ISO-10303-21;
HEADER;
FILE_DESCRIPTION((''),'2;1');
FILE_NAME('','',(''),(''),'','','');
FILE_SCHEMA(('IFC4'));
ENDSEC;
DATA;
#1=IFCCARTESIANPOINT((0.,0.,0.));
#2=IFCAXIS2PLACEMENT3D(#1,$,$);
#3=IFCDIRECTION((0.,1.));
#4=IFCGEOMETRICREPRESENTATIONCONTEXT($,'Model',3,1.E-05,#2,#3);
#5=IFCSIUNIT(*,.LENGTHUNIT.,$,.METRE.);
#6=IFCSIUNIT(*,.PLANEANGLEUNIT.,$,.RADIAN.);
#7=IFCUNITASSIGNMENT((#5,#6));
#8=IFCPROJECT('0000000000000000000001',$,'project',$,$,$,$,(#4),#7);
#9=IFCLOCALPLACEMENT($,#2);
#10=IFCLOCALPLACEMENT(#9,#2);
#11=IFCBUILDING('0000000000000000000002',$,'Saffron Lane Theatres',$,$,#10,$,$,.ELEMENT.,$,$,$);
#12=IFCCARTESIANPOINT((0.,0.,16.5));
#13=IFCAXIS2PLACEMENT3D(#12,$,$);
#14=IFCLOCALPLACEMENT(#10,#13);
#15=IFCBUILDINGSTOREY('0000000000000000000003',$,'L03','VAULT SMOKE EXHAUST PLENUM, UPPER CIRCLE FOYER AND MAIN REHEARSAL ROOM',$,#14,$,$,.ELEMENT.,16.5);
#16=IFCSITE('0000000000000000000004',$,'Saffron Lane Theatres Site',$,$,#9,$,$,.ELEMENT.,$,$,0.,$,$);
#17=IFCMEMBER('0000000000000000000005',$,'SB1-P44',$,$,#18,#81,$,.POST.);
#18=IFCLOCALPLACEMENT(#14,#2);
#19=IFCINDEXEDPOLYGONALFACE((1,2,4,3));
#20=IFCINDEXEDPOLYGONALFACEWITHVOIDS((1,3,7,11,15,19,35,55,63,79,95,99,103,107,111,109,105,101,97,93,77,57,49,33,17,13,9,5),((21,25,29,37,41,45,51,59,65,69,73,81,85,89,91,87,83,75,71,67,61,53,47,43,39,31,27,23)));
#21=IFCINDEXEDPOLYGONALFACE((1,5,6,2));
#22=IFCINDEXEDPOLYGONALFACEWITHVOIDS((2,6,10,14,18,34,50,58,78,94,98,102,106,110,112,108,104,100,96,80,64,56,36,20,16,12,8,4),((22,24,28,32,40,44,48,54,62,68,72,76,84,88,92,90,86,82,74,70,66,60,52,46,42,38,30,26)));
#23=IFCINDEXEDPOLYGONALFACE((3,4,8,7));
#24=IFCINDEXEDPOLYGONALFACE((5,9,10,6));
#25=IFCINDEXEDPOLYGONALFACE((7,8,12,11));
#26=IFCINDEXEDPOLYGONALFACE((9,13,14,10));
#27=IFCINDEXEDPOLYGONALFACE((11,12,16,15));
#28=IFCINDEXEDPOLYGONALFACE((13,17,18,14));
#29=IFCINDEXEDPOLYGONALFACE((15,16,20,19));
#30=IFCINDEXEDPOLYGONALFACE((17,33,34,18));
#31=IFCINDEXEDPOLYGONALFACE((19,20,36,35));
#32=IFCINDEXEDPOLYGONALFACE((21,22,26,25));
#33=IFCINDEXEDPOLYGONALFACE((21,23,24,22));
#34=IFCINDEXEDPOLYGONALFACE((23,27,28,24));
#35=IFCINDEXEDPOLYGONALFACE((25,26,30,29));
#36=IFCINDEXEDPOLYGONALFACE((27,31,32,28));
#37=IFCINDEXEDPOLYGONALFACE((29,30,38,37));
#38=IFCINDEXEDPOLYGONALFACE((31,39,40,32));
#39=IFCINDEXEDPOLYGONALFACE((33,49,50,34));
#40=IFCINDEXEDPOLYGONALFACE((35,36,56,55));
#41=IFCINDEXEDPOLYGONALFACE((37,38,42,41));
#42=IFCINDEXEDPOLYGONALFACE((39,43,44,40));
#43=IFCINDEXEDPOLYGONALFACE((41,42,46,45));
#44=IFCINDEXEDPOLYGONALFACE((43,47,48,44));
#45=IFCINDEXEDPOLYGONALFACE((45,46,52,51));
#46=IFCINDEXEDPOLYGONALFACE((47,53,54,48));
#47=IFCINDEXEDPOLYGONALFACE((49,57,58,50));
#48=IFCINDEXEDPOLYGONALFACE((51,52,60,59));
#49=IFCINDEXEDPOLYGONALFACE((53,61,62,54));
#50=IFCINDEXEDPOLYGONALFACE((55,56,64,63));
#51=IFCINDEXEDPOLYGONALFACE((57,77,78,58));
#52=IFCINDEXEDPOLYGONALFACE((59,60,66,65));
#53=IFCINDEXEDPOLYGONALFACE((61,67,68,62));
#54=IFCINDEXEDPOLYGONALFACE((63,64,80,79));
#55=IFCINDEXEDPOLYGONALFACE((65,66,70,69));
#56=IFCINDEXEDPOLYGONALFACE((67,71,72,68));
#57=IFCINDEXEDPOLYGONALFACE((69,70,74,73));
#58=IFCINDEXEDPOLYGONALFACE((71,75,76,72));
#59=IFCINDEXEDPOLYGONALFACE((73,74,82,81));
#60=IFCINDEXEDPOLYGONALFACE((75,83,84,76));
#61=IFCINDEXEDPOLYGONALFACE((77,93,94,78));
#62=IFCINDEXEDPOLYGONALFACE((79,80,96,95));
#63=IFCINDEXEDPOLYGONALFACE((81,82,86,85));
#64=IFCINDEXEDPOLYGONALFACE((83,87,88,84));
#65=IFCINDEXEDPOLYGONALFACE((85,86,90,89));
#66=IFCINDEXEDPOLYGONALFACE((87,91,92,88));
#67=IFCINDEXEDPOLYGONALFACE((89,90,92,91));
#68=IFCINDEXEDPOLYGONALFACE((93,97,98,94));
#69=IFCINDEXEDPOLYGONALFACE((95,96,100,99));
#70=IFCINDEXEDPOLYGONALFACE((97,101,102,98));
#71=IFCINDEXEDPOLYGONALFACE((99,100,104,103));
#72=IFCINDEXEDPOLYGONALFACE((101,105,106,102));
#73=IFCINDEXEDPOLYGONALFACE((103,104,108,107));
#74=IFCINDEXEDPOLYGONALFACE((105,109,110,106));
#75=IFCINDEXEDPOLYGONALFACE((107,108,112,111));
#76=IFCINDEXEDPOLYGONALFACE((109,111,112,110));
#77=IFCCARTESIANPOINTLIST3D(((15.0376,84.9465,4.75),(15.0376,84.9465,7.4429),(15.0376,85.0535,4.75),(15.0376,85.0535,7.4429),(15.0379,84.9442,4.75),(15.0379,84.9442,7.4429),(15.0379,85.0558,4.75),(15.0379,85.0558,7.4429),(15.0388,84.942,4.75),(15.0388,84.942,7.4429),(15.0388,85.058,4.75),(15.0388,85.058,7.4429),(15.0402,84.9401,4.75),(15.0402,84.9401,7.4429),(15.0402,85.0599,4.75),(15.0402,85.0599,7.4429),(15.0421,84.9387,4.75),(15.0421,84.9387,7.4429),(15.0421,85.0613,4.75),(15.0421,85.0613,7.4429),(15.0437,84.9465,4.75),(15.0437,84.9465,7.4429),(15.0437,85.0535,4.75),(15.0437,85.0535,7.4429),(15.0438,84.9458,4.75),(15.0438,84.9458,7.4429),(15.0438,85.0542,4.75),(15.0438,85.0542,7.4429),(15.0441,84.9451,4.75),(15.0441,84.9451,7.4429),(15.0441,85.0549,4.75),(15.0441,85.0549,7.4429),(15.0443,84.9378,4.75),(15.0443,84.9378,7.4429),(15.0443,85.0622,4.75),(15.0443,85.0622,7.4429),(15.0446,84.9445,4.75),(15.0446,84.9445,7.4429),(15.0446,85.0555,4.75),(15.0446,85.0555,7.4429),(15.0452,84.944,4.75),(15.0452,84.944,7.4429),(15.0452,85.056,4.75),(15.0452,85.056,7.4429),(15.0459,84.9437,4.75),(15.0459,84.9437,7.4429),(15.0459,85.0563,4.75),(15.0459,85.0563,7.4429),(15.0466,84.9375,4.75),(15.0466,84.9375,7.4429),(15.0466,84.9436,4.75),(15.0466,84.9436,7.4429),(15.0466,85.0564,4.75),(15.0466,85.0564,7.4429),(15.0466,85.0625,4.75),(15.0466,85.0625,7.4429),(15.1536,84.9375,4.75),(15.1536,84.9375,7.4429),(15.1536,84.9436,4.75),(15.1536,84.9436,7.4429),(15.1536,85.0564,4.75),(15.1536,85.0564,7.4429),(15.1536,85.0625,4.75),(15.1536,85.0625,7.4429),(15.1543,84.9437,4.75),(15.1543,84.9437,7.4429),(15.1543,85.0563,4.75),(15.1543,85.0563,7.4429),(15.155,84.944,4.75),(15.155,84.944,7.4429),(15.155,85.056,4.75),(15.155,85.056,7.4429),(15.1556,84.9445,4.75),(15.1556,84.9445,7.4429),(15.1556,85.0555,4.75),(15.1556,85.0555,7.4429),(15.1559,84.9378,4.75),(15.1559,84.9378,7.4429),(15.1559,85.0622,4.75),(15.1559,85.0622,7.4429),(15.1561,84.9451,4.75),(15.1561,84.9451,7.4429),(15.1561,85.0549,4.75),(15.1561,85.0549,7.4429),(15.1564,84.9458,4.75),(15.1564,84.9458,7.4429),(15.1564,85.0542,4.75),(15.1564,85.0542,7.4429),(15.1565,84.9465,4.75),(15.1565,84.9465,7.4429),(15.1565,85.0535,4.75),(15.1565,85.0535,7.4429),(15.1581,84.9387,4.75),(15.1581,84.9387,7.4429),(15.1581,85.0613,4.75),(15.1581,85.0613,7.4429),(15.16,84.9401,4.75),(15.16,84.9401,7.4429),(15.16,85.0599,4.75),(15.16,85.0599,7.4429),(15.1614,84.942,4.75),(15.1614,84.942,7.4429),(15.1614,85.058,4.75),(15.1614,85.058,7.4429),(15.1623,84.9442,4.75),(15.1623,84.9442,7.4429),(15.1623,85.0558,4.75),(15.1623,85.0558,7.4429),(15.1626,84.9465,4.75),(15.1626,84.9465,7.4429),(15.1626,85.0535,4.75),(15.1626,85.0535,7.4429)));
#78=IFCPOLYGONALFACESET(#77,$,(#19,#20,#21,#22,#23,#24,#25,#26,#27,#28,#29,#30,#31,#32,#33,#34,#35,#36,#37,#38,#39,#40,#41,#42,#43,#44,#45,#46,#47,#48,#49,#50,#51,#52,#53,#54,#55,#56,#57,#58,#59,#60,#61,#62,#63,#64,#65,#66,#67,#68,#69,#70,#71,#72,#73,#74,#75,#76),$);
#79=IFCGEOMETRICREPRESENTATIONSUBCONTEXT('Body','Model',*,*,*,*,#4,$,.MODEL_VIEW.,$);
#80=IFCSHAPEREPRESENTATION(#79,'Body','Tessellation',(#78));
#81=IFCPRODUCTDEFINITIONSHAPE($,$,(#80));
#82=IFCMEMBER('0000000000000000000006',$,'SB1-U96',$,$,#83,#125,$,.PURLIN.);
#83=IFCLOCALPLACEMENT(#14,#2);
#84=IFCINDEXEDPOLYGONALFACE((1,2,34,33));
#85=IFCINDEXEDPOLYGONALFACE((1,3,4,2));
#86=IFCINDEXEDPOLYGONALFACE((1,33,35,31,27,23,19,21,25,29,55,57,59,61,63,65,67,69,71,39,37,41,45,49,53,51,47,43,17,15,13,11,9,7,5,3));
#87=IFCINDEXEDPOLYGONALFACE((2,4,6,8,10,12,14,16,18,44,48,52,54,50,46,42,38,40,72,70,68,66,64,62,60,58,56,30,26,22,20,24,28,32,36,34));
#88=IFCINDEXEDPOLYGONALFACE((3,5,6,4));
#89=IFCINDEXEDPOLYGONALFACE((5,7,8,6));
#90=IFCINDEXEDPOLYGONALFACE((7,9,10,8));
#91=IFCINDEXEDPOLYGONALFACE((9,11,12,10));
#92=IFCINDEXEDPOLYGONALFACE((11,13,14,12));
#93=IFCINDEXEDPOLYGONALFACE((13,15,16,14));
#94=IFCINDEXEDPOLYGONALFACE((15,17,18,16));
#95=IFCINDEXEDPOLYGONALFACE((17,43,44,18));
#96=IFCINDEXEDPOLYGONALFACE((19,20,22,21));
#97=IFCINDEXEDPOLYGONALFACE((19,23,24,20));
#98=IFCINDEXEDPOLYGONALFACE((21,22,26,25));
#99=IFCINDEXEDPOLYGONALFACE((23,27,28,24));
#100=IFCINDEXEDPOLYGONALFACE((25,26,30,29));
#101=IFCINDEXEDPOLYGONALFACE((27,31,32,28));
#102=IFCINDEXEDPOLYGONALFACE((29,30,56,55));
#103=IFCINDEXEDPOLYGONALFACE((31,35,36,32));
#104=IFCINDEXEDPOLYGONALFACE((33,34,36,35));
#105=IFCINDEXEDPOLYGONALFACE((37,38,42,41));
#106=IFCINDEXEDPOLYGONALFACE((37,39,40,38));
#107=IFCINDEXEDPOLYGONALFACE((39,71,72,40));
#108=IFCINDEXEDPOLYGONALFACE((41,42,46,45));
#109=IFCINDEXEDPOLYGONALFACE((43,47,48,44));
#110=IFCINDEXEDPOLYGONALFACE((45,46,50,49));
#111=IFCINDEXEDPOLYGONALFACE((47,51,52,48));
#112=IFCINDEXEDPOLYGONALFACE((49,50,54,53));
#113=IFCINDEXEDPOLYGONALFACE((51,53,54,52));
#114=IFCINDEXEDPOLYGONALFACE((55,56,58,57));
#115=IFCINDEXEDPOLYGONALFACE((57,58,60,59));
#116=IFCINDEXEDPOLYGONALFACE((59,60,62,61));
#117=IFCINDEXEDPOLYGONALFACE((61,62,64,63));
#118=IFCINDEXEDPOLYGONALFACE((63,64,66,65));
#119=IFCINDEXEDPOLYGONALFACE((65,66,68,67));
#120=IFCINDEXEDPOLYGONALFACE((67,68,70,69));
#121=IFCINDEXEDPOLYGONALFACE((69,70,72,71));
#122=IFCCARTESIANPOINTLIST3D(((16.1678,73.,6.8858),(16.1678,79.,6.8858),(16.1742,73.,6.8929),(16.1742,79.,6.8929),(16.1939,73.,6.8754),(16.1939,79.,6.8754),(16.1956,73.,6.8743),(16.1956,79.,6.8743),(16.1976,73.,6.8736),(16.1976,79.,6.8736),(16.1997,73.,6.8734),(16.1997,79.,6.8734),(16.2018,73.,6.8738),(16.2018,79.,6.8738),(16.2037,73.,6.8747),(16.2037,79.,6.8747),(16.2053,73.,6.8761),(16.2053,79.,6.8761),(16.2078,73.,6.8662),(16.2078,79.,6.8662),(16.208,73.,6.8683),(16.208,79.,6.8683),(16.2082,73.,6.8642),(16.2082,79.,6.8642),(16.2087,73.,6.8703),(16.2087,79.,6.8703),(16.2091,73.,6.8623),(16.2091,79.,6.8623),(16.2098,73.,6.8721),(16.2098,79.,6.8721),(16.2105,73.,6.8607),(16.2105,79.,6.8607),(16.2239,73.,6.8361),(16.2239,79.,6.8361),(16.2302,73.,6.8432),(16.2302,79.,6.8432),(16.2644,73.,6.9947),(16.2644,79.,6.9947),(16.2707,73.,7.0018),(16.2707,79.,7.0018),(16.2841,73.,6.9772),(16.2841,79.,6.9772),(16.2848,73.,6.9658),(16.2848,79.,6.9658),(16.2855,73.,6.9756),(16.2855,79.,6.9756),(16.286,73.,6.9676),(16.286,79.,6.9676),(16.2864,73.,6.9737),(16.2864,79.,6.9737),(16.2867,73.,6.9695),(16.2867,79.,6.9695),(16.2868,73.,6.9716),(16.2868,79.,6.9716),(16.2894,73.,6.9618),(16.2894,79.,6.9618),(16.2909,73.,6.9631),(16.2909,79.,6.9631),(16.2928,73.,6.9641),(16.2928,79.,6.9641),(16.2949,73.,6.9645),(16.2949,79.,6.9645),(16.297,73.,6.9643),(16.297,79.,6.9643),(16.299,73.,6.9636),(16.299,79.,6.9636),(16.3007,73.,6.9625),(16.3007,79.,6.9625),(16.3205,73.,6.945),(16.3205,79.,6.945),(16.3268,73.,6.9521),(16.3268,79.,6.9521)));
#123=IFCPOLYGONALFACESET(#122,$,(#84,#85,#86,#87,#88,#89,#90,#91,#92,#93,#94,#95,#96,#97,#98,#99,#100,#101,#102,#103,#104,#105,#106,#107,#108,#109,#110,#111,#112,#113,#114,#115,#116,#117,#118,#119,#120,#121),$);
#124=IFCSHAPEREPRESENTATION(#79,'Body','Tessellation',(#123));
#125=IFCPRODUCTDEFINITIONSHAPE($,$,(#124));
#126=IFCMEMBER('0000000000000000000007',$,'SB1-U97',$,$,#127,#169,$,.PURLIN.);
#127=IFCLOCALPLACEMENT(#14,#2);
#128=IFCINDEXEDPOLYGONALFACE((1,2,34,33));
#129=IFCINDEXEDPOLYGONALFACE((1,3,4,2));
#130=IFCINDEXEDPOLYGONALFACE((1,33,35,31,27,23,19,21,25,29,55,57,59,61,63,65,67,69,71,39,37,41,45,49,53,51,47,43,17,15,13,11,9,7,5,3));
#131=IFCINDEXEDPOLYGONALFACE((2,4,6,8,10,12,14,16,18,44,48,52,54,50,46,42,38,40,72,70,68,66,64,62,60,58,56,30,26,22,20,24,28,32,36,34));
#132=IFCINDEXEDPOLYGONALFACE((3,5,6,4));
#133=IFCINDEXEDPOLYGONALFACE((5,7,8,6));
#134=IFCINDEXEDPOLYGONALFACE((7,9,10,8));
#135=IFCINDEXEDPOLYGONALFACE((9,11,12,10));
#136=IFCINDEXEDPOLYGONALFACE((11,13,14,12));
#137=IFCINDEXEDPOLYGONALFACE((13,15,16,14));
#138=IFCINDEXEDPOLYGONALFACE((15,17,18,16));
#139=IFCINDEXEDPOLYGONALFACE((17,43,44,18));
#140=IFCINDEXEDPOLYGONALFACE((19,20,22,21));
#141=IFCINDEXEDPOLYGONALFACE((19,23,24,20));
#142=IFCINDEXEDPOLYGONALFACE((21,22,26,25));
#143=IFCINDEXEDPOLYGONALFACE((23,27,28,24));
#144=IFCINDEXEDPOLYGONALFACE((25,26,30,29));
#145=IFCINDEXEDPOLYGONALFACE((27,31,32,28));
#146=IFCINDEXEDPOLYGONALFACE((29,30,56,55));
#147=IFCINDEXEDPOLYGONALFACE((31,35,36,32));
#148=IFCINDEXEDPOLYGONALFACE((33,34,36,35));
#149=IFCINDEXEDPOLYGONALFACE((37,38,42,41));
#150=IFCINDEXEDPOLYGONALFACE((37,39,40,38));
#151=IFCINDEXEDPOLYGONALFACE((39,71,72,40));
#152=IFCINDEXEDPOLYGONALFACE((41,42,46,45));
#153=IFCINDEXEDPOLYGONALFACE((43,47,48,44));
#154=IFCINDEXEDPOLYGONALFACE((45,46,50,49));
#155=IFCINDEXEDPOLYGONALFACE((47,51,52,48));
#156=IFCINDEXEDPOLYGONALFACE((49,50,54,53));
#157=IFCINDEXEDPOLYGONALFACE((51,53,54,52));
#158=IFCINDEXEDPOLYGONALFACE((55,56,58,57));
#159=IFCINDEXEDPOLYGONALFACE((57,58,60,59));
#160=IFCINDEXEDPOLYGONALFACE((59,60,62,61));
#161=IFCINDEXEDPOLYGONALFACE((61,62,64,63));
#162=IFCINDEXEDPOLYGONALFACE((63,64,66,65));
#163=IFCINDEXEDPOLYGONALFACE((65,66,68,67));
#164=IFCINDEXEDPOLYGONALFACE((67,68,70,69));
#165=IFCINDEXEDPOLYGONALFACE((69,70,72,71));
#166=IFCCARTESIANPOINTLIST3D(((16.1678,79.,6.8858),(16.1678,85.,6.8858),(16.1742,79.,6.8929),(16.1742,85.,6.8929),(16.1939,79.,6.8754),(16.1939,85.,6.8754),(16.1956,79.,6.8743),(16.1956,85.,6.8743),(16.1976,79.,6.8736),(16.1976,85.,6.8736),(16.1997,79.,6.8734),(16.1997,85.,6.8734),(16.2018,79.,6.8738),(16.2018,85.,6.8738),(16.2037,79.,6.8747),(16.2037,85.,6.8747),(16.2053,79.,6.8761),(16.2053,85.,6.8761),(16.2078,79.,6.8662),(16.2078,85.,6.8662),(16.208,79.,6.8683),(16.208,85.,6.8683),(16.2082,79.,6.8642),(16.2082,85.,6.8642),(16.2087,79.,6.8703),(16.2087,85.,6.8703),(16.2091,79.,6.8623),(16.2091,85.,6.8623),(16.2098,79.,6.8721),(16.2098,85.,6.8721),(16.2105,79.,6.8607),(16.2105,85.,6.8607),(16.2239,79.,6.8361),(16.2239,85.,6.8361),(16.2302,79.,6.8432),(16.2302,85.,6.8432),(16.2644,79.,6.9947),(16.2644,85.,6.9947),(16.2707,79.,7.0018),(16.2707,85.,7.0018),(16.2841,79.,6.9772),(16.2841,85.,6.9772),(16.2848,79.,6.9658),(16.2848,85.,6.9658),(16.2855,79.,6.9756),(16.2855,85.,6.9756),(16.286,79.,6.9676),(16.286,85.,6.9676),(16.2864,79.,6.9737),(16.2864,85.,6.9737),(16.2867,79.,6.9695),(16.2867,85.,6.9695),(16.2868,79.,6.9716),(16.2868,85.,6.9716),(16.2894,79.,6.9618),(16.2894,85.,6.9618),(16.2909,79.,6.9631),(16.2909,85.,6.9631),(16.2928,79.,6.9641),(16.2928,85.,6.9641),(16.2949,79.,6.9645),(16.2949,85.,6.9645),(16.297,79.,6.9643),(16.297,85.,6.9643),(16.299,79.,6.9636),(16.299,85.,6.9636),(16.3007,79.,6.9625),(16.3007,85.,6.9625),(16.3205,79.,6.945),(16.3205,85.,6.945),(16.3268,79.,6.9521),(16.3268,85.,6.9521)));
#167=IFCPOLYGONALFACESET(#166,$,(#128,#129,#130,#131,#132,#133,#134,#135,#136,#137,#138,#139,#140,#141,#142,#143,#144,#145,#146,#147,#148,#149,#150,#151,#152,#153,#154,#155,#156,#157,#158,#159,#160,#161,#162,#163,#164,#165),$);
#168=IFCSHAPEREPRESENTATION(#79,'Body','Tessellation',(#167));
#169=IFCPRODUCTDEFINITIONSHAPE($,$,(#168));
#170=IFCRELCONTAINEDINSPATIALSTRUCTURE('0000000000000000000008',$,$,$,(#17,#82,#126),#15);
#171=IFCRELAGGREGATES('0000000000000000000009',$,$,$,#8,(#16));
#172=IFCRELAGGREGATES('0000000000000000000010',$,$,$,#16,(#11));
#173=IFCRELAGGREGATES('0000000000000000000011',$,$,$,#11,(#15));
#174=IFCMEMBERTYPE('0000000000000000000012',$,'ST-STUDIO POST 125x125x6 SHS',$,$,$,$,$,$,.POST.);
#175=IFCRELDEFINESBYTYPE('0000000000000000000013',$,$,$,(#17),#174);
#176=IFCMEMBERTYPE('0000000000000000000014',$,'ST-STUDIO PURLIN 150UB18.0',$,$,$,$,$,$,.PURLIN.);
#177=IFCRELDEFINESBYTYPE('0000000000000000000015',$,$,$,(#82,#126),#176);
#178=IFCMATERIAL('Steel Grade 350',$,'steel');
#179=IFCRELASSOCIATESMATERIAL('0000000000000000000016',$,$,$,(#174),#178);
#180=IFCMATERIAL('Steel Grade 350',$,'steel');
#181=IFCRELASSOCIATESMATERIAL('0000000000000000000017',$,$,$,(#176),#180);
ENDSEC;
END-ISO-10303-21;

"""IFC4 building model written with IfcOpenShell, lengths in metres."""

from ifc_helpers import new_model, si_unit, direction, frame, origin, origin_2d, place, context, subcontext, project, spatial, hollow_rectangle, i_section, extrude, material, material_profile, profile_set, type_object, element, save


model = new_model("IFC4")

# Units and contexts
model_context = context("Model", 3, precision=1e-05, world=origin(), true_north=direction((0.0, 1.0)))
body_context = subcontext(model_context, "Body", "Model", "MODEL_VIEW")
ifc_project = project(units=[si_unit("LENGTHUNIT", "METRE"), si_unit("PLANEANGLEUNIT", "RADIAN")], contexts=[model_context])

# Site, building, storey
site_placement = place(None, origin())
site = spatial("IfcSite", under=ifc_project, at=site_placement, Name="Saffron Lane Theatres Site", CompositionType="ELEMENT", RefElevation=0.0)
building_placement = place(site_placement, origin())
building = spatial("IfcBuilding", under=site, at=building_placement, Name="Saffron Lane Theatres", CompositionType="ELEMENT")
storey_placement = place(building_placement, frame((0.0, 0.0, 16.5)))
storey = spatial("IfcBuildingStorey", under=building, at=storey_placement, Name="L03", Description="VAULT SMOKE EXHAUST PLENUM, UPPER CIRCLE FOYER AND MAIN REHEARSAL ROOM", CompositionType="ELEMENT", Elevation=16.5)

# Members
ifc_material_1 = material(Name="Steel Grade 350", Category="steel")
ifc_material_profile_1 = material_profile(ifc_material_1, hollow_rectangle(XDim=0.125, YDim=0.125, WallThickness=0.0061, InnerFilletRadius=0.0029, OuterFilletRadius=0.009, at=origin_2d()))
ifc_profile_set_1 = profile_set([ifc_material_profile_1], Name="Steel Grade 350")
member_type_1 = type_object("IfcMemberType", Name="ST-STUDIO POST 125x125x6 SHS", PredefinedType="POST", material=ifc_profile_set_1)
for number, where, z_axis, x_axis, name in (
    (1, (15.1001, 85.0, 4.75), (0.0, 0.0, 1.0), (1.0, 0.0, 0.0), "SB1-P44"),
):
    element("IfcMember", number, at=place(storey_placement, frame(where, z_axis=z_axis, x_axis=x_axis)), inside=storey, type_object=member_type_1, Name=name, PredefinedType="POST", context=body_context, shape_type="SweptSolid", body=[
        extrude(hollow_rectangle(XDim=0.125, YDim=0.125, WallThickness=0.0061, InnerFilletRadius=0.0029, OuterFilletRadius=0.009, at=origin_2d()), origin(), (0.0, 0.0, 1.0), 2.6929),
    ])
ifc_material_2 = material(Name="Steel Grade 350", Category="steel")
ifc_material_profile_2 = material_profile(ifc_material_2, i_section(OverallWidth=0.075, OverallDepth=0.155, WebThickness=0.0061, FlangeThickness=0.0095, FilletRadius=0.0081, at=origin_2d()))
ifc_profile_set_2 = profile_set([ifc_material_profile_2], Name="Steel Grade 350")
member_type_2 = type_object("IfcMemberType", Name="ST-STUDIO PURLIN 150UB18.0", PredefinedType="PURLIN", material=ifc_profile_set_2)
for number, where, z_axis, x_axis, name in (
    (2, (16.2473, 73.0, 6.9189), (0.0, 1.0, 0.0), (-0.748269, 0.0, 0.663396), "SB1-U96"),
    (3, (16.2473, 79.0, 6.9189), (0.0, 1.0, 0.0), (-0.748269, 0.0, 0.663396), "SB1-U97"),
):
    element("IfcMember", number, at=place(storey_placement, frame(where, z_axis=z_axis, x_axis=x_axis)), inside=storey, type_object=member_type_2, Name=name, PredefinedType="PURLIN", context=body_context, shape_type="SweptSolid", body=[
        extrude(i_section(OverallWidth=0.075, OverallDepth=0.155, WebThickness=0.0061, FlangeThickness=0.0095, FilletRadius=0.0081, at=origin_2d()), origin(), (0.0, 0.0, 1.0), 6.0),
    ])

save(model, "model.ifc")
